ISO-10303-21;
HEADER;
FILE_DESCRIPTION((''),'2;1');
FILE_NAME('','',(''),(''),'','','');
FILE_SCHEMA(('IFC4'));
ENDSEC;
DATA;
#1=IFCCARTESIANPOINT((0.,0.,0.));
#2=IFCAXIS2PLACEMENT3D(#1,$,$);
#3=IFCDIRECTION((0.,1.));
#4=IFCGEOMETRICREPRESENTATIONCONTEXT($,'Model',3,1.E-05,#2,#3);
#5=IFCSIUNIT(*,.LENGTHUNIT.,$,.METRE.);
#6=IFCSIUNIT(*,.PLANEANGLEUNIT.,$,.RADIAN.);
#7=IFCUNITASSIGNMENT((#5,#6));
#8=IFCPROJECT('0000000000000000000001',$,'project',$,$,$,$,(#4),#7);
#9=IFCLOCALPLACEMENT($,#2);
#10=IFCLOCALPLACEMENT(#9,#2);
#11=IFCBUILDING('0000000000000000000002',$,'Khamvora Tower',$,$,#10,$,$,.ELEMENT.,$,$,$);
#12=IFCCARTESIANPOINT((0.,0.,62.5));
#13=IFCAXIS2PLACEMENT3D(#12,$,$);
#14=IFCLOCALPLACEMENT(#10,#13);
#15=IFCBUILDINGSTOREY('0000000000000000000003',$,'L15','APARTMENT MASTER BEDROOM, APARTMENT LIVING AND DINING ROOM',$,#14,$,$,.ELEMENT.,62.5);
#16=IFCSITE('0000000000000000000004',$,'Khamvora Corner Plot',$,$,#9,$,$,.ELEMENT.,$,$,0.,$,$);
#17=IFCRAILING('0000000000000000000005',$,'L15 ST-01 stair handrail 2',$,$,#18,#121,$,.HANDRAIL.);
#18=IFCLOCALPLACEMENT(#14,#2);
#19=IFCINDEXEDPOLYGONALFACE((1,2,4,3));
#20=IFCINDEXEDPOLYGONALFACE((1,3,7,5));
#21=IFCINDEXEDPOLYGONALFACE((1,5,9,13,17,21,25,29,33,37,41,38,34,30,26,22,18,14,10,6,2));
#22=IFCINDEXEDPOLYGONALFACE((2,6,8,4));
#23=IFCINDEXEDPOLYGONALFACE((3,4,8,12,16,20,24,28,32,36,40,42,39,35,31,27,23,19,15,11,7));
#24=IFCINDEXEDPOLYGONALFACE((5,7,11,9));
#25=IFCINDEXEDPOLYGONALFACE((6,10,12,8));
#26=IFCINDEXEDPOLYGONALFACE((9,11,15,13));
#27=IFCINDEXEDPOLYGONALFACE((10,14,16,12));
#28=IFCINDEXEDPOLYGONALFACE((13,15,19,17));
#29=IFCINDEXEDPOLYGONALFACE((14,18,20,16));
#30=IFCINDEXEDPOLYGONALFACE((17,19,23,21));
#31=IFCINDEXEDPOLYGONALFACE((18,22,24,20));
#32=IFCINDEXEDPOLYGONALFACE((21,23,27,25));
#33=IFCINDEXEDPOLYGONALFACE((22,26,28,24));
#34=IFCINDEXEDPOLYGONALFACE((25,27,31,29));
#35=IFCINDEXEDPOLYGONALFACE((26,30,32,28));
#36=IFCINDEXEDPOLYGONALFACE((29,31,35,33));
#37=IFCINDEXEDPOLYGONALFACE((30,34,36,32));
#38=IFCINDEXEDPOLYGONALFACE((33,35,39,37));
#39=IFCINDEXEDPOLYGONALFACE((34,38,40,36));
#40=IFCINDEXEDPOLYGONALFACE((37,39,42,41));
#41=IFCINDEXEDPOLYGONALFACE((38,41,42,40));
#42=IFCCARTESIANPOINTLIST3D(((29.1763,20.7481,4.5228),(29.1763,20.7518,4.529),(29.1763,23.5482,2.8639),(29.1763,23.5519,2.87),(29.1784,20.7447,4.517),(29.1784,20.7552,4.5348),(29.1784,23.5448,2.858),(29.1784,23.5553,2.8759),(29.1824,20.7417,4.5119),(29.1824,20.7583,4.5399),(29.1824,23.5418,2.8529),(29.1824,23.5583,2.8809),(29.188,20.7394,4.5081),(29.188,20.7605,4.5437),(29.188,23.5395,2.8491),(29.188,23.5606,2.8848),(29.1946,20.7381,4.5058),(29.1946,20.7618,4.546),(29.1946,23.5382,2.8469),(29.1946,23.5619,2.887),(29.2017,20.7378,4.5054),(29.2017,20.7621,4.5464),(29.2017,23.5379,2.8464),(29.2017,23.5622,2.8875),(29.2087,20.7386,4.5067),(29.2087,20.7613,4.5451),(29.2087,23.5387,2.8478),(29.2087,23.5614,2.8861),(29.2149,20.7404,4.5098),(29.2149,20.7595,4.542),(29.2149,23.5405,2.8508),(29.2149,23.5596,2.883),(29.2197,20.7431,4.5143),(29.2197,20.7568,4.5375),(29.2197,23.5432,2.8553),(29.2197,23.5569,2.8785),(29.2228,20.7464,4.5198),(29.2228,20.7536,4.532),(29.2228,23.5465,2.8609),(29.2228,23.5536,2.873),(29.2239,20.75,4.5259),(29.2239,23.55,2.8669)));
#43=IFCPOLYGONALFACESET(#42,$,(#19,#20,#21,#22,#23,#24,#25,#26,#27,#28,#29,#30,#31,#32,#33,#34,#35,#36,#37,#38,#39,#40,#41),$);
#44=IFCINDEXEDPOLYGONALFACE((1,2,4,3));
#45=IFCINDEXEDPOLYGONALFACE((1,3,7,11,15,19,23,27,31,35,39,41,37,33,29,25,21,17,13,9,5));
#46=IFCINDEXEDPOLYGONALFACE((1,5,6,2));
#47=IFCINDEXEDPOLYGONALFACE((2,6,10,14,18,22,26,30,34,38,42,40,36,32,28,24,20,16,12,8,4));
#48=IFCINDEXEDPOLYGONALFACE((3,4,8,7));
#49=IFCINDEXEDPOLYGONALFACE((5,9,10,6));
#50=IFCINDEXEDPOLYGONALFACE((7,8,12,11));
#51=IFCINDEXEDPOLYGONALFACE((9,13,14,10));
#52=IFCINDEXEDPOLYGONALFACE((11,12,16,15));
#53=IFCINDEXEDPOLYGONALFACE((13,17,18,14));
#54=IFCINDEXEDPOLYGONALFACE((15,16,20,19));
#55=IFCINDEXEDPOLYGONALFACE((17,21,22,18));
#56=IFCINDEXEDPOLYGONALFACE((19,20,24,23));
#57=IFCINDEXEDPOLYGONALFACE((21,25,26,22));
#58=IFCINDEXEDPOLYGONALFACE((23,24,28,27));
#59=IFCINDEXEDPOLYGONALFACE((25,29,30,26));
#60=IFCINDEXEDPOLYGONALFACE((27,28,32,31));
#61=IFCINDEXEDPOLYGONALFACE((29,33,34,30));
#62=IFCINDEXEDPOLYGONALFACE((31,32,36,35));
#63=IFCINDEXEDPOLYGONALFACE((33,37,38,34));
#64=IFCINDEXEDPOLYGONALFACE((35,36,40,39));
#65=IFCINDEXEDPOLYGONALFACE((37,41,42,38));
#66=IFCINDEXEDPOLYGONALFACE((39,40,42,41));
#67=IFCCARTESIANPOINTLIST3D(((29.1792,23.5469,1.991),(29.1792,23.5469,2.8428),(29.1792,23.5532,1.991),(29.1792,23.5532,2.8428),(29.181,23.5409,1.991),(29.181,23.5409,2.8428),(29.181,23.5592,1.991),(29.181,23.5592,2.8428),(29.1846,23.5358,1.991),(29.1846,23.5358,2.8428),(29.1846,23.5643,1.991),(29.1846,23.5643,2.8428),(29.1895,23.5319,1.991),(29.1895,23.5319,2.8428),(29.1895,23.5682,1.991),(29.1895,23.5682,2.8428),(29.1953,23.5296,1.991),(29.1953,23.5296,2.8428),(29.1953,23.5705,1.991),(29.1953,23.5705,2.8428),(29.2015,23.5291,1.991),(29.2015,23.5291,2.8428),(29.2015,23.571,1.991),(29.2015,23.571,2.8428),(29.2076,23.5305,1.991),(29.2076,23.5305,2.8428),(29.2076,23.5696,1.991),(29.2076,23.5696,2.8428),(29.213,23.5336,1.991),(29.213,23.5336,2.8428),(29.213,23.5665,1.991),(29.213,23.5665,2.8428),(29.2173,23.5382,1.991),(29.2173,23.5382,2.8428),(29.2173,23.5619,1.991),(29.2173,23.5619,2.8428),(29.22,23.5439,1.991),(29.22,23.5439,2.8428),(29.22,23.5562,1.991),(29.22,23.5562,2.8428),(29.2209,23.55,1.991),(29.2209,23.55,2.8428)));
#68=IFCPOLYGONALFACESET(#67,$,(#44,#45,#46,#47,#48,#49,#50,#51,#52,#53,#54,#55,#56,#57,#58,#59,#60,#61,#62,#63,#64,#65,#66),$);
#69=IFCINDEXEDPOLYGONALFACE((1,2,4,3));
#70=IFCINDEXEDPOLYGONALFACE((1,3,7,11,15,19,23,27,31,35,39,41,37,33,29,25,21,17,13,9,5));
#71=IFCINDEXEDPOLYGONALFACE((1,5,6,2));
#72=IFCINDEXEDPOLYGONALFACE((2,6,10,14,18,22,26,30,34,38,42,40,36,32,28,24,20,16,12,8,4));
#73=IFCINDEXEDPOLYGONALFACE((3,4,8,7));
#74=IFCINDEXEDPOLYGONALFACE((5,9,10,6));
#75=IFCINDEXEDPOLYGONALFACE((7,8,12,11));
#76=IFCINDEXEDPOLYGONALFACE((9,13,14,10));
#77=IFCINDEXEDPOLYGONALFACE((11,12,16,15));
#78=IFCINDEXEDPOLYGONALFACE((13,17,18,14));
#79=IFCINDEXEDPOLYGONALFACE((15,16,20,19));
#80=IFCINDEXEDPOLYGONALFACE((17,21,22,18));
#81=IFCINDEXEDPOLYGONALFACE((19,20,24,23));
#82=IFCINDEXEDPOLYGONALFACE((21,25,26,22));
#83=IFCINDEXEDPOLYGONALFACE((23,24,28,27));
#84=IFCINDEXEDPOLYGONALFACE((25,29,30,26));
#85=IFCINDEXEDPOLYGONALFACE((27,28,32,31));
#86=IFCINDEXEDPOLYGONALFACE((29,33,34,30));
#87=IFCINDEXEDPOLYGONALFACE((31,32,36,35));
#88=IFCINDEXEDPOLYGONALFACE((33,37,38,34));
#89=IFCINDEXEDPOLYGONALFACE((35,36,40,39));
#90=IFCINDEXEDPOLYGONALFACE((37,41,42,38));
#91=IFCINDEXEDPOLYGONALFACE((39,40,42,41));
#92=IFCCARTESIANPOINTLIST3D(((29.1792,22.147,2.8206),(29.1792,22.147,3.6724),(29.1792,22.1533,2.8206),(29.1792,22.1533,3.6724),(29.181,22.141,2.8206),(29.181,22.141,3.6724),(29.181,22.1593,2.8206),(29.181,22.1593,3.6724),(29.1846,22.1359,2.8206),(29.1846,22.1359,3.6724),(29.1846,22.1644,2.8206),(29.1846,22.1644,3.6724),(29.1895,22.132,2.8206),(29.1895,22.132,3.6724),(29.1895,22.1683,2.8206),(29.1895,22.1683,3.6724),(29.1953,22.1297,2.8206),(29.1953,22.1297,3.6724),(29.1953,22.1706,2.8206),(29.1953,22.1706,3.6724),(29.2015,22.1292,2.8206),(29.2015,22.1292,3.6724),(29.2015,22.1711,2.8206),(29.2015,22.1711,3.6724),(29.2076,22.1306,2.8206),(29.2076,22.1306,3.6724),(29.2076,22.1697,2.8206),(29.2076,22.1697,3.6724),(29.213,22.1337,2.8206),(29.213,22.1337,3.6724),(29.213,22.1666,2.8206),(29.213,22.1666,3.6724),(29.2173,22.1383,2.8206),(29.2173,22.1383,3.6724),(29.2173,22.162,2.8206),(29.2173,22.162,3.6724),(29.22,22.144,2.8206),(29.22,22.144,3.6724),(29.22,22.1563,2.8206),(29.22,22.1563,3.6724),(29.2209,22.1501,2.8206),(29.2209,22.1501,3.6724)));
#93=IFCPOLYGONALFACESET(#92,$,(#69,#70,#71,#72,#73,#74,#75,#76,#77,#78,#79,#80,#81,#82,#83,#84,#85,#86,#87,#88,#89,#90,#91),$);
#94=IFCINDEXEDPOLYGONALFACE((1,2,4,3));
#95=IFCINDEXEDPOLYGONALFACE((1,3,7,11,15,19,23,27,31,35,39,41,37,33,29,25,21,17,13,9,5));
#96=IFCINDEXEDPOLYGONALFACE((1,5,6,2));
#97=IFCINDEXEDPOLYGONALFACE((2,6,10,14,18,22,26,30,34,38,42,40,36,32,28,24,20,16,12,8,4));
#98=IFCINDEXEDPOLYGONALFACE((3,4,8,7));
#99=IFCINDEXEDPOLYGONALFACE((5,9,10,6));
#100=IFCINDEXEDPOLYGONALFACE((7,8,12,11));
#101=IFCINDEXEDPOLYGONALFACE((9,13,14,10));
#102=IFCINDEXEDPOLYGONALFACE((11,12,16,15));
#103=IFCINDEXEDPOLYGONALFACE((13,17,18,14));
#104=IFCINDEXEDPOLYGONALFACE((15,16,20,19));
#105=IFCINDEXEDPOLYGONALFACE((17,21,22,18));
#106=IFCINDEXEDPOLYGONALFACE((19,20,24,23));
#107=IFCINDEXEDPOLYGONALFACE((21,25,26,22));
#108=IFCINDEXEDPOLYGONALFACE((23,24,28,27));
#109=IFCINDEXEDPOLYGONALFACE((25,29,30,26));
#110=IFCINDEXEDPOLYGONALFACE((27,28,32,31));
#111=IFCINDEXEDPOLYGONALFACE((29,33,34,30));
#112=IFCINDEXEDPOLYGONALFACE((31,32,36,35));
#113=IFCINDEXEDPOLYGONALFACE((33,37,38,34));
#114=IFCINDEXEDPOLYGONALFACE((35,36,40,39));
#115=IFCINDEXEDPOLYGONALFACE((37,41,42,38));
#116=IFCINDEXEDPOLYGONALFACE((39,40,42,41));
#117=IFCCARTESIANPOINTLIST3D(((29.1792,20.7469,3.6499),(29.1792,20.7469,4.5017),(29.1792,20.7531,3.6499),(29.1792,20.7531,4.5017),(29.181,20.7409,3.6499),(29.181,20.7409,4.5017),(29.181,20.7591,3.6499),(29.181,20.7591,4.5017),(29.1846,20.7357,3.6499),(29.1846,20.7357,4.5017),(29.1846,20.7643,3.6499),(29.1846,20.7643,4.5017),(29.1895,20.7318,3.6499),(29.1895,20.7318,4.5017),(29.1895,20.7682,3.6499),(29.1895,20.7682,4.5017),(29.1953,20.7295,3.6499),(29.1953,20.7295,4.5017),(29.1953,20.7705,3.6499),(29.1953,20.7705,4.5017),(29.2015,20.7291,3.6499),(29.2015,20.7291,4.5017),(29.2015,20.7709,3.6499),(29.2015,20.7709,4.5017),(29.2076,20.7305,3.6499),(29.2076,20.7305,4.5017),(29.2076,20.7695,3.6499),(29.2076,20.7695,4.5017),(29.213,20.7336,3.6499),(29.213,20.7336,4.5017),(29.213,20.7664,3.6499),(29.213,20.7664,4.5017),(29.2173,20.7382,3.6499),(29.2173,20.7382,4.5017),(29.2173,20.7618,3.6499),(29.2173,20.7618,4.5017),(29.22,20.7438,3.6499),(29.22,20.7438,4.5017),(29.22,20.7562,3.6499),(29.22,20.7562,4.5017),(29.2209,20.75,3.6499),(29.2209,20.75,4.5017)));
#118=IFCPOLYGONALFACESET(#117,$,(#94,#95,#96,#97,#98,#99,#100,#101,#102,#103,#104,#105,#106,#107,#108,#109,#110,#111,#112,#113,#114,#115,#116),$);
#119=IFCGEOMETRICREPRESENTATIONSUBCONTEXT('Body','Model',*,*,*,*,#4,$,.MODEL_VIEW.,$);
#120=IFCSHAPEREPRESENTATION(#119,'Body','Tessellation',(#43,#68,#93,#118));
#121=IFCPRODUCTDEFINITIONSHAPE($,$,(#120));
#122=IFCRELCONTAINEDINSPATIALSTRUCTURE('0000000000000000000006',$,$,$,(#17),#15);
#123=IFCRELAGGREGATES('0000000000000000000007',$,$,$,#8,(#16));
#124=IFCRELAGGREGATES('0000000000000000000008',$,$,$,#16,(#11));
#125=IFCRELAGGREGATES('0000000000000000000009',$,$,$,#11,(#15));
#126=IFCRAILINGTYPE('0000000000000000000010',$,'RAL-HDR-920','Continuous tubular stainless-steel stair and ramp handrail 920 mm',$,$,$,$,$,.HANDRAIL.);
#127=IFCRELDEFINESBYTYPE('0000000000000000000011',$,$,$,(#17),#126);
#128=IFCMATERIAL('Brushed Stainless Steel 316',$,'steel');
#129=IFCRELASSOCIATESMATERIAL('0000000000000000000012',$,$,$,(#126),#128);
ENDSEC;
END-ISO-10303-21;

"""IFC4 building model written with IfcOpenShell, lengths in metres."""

from ifc_helpers import new_model, si_unit, direction, frame, origin, origin_2d, place, context, subcontext, project, spatial, circle, extrude, material, type_object, element, save


model = new_model("IFC4")

# Units and contexts
model_context = context("Model", 3, precision=1e-05, world=origin(), true_north=direction((0.0, 1.0)))
body_context = subcontext(model_context, "Body", "Model", "MODEL_VIEW")
ifc_project = project(units=[si_unit("LENGTHUNIT", "METRE"), si_unit("PLANEANGLEUNIT", "RADIAN")], contexts=[model_context])

# Site, building, storey
site_placement = place(None, origin())
site = spatial("IfcSite", under=ifc_project, at=site_placement, Name="Khamvora Corner Plot", CompositionType="ELEMENT", RefElevation=0.0)
building_placement = place(site_placement, origin())
building = spatial("IfcBuilding", under=site, at=building_placement, Name="Khamvora Tower", CompositionType="ELEMENT")
storey_placement = place(building_placement, frame((0.0, 0.0, 62.5)))
storey = spatial("IfcBuildingStorey", under=building, at=storey_placement, Name="L15", Description="APARTMENT MASTER BEDROOM, APARTMENT LIVING AND DINING ROOM", CompositionType="ELEMENT", Elevation=62.5)

# Railing
ifc_material_1 = material(Name="Brushed Stainless Steel 316", Category="steel")
railing_type = type_object("IfcRailingType", Name="RAL-HDR-920", Description="Continuous tubular stainless-steel stair and ramp handrail 920 mm", PredefinedType="HANDRAIL", material=ifc_material_1)
railing_placement = place(storey_placement, frame((29.2, 23.55, 1.991)))
element("IfcRailing", 1, at=railing_placement, inside=storey, type_object=railing_type, Name="L15 ST-01 stair handrail 2", PredefinedType="HANDRAIL", context=body_context, shape_type="SweptSolid", body=[
    extrude(circle(Radius=0.0239, at=origin_2d()), frame((0.0, 0.0, 0.876), z_axis=(0.0, -0.860339, 0.509722), x_axis=(1.0, 0.0, 0.0)), (0.0, 0.0, 1.0), 3.2546),
    extrude(circle(Radius=0.021, at=origin_2d()), origin(), (0.0, 0.0, 1.0), 0.8518),
    extrude(circle(Radius=0.021, at=origin_2d()), frame((0.0, -1.3999, 0.8296)), (0.0, 0.0, 1.0), 0.8518),
    extrude(circle(Radius=0.021, at=origin_2d()), frame((0.0, -2.8, 1.6589)), (0.0, 0.0, 1.0), 0.8518),
])

save(model, "model.ifc")
